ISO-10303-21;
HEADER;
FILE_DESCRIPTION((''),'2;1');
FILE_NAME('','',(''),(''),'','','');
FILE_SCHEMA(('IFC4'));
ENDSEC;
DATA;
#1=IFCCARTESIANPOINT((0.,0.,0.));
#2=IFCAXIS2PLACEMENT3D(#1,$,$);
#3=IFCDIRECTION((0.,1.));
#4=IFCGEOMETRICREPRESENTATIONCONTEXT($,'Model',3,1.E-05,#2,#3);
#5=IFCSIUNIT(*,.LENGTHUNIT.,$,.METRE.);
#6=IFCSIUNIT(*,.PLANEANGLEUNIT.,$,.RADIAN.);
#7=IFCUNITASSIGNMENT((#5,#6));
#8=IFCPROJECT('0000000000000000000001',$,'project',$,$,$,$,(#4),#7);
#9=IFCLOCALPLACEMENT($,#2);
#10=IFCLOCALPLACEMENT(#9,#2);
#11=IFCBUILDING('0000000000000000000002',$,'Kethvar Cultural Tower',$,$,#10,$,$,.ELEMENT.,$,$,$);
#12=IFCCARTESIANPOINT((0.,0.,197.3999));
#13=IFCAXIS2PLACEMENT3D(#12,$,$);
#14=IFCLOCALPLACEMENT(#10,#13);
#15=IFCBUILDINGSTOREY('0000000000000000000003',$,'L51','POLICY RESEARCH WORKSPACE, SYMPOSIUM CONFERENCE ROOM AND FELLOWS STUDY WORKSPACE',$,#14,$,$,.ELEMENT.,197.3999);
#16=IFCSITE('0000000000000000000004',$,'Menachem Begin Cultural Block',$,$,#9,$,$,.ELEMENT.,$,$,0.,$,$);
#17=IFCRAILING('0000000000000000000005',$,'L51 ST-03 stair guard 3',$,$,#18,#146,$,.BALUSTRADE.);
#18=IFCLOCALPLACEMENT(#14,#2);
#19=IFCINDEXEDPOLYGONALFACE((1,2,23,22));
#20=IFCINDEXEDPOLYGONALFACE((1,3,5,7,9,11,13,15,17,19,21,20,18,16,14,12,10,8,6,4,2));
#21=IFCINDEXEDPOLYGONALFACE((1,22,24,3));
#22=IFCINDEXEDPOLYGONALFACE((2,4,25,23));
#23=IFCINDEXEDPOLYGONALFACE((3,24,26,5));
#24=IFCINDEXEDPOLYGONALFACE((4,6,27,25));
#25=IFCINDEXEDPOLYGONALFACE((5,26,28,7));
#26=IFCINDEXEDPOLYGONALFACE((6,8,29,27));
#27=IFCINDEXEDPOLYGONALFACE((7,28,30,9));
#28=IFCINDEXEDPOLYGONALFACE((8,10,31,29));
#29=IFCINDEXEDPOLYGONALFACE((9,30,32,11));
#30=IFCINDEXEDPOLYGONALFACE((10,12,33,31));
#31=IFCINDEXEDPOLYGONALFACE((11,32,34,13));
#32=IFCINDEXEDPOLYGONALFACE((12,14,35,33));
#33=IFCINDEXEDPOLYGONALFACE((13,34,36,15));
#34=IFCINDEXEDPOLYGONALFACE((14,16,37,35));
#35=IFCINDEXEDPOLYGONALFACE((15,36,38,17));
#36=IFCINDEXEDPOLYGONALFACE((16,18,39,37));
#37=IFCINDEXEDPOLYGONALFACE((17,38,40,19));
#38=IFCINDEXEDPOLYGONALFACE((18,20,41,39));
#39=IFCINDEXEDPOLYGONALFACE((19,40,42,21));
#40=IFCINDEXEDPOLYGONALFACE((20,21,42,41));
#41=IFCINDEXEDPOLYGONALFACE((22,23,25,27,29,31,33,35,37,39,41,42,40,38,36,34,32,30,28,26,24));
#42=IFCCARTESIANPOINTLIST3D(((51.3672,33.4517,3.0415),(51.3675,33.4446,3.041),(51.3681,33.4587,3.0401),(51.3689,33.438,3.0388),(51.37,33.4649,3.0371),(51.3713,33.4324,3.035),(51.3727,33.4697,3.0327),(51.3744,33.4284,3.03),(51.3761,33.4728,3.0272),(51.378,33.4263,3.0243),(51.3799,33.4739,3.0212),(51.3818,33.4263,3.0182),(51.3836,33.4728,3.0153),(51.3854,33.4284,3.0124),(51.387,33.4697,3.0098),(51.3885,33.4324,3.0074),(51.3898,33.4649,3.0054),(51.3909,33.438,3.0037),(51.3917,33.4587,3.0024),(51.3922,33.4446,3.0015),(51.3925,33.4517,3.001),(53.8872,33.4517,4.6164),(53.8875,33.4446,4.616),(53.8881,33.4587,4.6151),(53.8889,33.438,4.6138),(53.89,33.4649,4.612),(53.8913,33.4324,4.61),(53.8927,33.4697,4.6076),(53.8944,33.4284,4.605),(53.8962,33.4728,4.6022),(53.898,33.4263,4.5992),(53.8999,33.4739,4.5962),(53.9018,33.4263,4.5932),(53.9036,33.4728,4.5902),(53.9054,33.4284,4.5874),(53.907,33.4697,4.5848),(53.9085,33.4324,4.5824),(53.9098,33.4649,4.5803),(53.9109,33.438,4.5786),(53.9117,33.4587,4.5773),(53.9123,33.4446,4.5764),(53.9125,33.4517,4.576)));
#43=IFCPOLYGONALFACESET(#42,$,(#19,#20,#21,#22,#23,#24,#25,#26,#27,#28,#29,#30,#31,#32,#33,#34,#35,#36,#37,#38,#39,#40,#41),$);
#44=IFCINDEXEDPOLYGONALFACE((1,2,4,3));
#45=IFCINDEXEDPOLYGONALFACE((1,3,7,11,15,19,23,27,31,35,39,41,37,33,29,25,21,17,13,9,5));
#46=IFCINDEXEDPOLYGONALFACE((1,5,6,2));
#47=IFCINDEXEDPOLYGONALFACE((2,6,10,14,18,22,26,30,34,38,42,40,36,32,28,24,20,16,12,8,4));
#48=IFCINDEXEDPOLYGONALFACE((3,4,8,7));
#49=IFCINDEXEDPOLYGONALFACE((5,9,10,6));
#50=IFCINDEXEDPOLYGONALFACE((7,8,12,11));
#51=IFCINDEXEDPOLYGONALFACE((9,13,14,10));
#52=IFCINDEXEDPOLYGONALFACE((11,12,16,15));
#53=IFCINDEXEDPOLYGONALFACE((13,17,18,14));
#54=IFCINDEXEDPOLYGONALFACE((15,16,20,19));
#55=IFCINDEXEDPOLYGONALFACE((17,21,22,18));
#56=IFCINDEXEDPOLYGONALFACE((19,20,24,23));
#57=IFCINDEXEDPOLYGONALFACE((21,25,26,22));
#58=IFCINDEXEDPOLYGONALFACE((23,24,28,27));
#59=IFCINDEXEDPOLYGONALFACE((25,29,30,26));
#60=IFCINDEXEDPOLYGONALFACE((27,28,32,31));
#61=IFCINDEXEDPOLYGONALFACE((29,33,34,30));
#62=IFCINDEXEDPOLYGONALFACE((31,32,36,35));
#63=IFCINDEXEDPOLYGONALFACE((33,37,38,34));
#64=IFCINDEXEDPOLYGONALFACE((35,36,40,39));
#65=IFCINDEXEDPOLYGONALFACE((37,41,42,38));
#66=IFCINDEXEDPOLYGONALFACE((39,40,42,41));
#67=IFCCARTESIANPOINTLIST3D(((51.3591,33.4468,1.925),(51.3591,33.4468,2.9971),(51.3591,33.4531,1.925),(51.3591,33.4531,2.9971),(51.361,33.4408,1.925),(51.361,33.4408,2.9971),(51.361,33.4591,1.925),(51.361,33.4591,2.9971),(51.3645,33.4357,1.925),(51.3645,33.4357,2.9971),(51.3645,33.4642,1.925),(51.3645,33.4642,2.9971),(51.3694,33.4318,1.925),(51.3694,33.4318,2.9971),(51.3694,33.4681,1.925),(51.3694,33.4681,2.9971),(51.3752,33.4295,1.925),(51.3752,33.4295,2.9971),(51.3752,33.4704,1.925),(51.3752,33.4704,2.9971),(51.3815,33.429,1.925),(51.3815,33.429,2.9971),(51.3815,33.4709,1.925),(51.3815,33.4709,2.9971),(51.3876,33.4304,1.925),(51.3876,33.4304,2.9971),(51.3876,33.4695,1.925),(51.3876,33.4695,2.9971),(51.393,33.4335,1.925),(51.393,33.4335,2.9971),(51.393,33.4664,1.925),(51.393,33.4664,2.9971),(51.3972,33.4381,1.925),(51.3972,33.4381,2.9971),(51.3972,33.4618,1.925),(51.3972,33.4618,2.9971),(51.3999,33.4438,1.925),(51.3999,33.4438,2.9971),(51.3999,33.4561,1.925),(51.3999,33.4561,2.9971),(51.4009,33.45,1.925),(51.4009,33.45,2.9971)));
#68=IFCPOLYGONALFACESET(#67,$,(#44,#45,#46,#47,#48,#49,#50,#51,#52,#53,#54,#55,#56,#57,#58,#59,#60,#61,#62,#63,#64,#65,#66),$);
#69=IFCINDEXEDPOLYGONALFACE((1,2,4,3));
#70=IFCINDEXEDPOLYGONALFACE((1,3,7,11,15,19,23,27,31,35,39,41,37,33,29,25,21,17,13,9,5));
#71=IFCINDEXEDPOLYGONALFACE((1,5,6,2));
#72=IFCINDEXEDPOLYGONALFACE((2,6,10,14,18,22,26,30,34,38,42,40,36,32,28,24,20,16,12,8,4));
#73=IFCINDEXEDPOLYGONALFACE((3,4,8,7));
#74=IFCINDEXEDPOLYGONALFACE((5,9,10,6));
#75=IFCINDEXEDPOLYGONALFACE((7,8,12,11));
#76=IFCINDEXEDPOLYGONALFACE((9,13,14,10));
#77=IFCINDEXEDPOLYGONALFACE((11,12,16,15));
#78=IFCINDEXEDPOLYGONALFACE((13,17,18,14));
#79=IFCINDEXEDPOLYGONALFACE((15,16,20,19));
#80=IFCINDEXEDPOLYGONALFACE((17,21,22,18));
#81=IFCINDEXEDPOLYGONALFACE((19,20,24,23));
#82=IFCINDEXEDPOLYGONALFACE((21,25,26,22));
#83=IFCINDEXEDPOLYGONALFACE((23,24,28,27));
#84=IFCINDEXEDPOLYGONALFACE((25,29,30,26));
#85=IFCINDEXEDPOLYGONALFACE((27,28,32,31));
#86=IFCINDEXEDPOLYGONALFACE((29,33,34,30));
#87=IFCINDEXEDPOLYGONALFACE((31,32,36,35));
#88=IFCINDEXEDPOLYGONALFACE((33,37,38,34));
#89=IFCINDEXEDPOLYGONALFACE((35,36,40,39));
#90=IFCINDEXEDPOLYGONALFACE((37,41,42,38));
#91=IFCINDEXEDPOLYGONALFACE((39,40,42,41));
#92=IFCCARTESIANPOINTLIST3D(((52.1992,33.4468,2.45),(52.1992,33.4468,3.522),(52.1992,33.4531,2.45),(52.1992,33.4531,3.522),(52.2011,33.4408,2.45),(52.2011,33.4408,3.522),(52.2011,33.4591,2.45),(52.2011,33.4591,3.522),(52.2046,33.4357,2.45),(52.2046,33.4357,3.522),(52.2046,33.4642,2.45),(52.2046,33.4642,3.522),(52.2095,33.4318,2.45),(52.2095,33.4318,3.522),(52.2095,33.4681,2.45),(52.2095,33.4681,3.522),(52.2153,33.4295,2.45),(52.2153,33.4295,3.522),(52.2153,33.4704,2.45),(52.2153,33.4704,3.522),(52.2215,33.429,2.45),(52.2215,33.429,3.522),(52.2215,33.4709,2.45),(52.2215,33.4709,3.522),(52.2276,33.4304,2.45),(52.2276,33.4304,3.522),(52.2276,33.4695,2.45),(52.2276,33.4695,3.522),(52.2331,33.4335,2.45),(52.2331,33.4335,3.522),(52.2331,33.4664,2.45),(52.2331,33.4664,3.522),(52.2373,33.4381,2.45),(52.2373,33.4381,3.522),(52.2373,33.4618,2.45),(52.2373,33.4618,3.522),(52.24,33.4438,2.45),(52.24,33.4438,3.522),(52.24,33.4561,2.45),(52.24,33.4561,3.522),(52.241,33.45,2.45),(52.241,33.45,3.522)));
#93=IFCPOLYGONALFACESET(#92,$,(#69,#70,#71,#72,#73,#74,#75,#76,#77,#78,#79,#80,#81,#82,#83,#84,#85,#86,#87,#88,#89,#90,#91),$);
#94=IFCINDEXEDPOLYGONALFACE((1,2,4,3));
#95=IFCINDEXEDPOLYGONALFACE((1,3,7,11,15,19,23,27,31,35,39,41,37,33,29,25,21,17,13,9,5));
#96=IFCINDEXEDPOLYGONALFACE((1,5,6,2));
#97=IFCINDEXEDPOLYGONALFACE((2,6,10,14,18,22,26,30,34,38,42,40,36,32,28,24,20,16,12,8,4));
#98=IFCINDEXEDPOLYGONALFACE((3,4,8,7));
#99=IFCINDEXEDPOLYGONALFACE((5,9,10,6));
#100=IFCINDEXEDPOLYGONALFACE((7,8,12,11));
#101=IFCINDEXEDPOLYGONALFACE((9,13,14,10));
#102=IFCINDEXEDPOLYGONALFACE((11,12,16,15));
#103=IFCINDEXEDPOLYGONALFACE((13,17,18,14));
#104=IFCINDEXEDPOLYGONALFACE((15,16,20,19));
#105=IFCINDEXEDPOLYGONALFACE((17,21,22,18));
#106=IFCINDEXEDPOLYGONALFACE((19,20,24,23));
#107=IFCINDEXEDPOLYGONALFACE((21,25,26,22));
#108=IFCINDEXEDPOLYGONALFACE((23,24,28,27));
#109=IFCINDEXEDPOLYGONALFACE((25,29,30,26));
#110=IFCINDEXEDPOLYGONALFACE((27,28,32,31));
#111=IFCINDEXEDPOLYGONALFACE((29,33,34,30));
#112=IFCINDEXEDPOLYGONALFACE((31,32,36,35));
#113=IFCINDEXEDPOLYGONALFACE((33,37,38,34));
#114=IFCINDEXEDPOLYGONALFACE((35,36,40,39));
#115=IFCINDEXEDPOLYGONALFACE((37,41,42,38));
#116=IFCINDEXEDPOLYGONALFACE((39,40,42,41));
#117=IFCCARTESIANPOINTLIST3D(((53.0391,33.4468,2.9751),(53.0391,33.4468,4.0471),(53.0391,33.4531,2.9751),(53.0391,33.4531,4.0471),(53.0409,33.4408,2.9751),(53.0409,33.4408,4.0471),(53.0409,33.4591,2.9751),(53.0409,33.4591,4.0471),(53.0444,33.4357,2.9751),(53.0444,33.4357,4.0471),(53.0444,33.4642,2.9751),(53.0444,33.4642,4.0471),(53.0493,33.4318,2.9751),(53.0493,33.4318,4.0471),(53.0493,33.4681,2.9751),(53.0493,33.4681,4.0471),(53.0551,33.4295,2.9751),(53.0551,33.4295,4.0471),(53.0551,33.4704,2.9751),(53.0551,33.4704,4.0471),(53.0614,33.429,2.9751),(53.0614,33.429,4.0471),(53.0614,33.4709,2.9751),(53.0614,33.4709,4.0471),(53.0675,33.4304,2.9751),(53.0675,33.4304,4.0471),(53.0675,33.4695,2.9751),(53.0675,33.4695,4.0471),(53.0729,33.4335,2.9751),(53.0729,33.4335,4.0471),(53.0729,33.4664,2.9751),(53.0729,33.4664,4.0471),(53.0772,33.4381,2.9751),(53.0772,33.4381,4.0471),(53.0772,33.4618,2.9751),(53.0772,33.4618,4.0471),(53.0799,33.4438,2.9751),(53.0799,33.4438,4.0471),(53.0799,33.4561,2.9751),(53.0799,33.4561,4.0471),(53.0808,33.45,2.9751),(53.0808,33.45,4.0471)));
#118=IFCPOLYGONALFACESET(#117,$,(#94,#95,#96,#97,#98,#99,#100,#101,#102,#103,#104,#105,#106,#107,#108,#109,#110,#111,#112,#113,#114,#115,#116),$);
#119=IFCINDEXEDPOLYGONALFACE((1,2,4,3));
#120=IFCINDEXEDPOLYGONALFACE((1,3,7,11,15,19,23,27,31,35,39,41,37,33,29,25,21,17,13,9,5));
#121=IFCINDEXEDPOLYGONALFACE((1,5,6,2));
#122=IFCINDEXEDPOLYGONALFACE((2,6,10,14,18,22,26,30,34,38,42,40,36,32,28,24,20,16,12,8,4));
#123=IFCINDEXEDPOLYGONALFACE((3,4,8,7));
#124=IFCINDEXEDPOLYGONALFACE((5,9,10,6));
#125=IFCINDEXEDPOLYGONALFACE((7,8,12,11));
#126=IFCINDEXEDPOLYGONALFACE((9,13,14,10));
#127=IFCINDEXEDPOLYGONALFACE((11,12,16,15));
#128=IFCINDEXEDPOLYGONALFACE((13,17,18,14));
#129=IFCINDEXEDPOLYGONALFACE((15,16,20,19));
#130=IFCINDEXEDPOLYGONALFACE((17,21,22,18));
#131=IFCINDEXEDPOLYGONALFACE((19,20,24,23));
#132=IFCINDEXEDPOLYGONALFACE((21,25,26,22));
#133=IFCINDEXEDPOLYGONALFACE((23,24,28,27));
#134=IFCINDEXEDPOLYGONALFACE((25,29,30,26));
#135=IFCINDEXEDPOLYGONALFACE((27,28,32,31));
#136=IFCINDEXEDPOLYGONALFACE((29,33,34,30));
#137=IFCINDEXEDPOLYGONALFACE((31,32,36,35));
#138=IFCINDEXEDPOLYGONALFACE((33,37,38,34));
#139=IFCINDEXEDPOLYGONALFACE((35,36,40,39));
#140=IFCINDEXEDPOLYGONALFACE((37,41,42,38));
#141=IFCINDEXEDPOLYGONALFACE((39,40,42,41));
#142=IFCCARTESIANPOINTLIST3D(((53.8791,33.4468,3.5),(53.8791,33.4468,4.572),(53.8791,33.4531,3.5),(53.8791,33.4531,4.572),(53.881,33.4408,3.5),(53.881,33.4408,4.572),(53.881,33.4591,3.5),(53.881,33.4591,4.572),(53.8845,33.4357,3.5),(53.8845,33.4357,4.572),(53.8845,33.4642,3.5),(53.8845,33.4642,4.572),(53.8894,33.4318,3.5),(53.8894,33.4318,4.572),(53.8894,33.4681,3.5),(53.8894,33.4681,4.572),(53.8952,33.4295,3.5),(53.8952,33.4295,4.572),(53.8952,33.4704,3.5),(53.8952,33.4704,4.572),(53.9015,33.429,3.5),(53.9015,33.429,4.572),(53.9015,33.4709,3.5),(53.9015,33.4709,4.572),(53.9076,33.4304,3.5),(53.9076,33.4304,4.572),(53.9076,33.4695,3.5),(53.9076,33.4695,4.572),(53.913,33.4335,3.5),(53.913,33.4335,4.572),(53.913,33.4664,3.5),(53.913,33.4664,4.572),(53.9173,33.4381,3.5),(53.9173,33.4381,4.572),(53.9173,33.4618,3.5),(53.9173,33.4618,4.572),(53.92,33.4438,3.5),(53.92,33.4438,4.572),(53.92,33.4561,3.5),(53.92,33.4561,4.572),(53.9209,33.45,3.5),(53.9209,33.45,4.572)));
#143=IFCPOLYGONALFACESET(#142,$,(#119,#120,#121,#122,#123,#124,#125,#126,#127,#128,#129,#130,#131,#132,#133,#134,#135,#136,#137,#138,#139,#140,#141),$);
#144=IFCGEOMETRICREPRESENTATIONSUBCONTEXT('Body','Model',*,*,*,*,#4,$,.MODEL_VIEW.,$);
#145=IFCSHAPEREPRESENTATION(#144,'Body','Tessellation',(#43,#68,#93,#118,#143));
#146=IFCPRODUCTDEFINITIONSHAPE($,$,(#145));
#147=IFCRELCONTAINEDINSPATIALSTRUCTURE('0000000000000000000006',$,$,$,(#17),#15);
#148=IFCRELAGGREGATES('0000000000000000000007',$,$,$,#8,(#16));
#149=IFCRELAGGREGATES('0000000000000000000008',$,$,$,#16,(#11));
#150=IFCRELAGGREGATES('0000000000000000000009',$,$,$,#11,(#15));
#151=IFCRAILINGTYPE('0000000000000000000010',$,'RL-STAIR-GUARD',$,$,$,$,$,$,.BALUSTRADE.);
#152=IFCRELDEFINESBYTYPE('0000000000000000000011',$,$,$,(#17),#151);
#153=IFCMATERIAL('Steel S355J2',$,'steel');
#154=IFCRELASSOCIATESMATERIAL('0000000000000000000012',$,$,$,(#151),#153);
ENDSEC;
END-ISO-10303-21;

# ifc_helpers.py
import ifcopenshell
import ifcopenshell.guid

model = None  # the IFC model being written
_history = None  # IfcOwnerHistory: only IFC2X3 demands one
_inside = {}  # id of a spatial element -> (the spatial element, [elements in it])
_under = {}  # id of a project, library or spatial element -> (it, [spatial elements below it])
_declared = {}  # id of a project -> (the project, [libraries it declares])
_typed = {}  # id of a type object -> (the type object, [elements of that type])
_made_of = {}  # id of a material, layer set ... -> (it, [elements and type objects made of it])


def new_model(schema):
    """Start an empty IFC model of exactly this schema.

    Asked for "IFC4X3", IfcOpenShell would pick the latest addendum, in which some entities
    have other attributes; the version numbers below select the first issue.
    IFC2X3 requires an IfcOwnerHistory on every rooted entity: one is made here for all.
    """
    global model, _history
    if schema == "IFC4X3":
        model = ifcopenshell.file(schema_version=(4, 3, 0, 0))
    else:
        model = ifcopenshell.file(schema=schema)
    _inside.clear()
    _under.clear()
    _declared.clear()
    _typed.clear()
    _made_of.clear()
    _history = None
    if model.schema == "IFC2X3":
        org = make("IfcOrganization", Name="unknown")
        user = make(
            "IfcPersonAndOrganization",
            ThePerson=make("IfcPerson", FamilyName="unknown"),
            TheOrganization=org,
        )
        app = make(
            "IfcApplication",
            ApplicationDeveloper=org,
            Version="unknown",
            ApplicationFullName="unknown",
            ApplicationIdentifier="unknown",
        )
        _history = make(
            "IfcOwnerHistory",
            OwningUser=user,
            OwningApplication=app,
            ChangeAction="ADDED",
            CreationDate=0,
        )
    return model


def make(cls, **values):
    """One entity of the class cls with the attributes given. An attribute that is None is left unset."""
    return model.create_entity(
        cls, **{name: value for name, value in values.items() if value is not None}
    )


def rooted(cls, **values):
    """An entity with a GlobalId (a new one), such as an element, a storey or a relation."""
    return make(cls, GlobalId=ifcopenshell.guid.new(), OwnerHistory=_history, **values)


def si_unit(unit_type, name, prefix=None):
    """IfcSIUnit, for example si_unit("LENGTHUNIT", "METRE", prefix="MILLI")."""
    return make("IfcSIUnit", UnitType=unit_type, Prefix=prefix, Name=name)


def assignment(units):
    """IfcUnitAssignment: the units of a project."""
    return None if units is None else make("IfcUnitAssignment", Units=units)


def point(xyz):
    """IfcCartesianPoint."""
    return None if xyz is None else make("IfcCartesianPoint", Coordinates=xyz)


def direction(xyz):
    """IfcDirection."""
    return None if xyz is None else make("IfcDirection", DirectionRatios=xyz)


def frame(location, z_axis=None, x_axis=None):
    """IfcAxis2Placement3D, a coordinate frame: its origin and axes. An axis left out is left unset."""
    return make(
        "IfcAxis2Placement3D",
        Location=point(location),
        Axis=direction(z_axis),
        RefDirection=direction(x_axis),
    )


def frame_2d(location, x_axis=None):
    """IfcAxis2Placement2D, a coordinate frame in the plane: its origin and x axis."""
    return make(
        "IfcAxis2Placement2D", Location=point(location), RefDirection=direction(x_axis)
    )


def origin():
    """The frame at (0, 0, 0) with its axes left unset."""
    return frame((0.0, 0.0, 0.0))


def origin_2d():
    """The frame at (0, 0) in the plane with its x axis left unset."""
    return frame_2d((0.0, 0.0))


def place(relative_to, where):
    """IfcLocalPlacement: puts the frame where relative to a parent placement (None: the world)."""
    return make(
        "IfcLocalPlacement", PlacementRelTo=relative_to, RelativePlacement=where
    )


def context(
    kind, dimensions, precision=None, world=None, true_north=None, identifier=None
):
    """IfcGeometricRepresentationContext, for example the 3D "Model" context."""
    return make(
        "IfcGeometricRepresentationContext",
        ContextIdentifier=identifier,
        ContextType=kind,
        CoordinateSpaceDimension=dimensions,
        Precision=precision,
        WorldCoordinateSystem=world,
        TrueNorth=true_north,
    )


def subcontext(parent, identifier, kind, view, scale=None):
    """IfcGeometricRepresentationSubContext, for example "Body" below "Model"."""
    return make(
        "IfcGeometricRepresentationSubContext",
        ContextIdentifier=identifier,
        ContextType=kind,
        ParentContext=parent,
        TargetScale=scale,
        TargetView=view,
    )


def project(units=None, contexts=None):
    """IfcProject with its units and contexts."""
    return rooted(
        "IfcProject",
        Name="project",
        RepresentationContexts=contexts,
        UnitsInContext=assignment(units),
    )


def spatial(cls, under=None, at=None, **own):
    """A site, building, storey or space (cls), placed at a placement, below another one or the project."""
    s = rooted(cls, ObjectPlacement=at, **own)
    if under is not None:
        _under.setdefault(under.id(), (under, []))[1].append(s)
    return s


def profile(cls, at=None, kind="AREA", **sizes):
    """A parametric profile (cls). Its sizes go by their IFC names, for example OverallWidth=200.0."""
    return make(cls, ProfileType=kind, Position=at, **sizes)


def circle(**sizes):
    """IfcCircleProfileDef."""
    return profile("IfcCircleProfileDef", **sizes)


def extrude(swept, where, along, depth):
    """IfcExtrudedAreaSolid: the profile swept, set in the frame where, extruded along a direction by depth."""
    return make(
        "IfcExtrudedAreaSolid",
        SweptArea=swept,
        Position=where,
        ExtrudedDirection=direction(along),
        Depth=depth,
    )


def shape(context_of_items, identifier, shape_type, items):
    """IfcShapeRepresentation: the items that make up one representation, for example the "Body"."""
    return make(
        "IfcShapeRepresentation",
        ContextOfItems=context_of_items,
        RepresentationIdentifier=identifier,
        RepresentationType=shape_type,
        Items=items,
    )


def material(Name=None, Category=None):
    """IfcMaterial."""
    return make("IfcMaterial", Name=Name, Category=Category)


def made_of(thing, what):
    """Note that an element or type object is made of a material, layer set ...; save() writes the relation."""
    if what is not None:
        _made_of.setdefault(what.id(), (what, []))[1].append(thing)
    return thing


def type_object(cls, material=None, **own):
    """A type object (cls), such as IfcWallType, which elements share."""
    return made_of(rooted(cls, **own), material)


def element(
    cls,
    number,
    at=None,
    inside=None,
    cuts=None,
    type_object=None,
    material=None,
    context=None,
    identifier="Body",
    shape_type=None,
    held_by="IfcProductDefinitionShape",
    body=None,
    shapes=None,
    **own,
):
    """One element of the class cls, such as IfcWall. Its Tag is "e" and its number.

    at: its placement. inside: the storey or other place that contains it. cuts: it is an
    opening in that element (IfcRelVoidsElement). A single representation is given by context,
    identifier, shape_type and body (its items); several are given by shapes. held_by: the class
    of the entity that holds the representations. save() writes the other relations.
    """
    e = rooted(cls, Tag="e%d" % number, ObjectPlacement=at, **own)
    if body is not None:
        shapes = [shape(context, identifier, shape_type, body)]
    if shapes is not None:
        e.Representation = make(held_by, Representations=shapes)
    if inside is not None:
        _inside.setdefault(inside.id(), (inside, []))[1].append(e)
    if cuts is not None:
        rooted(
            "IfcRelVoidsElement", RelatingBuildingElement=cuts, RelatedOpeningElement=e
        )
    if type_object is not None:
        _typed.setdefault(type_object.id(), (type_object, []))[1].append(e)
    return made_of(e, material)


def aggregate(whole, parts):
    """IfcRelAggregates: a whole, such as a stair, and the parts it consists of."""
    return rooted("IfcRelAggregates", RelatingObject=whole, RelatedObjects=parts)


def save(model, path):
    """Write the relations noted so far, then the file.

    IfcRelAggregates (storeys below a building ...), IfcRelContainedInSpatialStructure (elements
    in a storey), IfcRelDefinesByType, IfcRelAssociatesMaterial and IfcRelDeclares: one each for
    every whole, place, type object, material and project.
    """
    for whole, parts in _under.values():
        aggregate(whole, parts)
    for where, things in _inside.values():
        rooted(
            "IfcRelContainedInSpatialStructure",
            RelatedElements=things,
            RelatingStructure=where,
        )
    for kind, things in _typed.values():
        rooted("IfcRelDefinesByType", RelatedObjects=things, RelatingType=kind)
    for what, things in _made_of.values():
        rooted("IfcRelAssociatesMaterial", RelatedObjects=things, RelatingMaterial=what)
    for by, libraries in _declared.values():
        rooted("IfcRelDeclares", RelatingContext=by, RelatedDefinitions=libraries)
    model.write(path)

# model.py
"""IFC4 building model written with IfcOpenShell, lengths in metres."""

from ifc_helpers import new_model, si_unit, direction, frame, origin, origin_2d, place, context, subcontext, project, spatial, circle, extrude, material, type_object, element, save


model = new_model("IFC4")

# Units and contexts
model_context = context("Model", 3, precision=1e-05, world=origin(), true_north=direction((0.0, 1.0)))
body_context = subcontext(model_context, "Body", "Model", "MODEL_VIEW")
ifc_project = project(units=[si_unit("LENGTHUNIT", "METRE"), si_unit("PLANEANGLEUNIT", "RADIAN")], contexts=[model_context])

# Site, building, storey
site_placement = place(None, origin())
site = spatial("IfcSite", under=ifc_project, at=site_placement, Name="Menachem Begin Cultural Block", CompositionType="ELEMENT", RefElevation=0.0)
building_placement = place(site_placement, origin())
building = spatial("IfcBuilding", under=site, at=building_placement, Name="Kethvar Cultural Tower", CompositionType="ELEMENT")
storey_placement = place(building_placement, frame((0.0, 0.0, 197.3999)))
storey = spatial("IfcBuildingStorey", under=building, at=storey_placement, Name="L51", Description="POLICY RESEARCH WORKSPACE, SYMPOSIUM CONFERENCE ROOM AND FELLOWS STUDY WORKSPACE", CompositionType="ELEMENT", Elevation=197.3999)

# Shared definitions
ifc_material_1 = material(Name="Steel S355J2", Category="steel")

# Railing
railing_type_1 = type_object("IfcRailingType", Name="RL-STAIR-GUARD", PredefinedType="BALUSTRADE", material=ifc_material_1)
railing_1_placement = place(storey_placement, frame((51.3799, 33.45, 1.925)))
element("IfcRailing", 1, at=railing_1_placement, inside=storey, type_object=railing_type_1, Name="L51 ST-03 stair guard 3", PredefinedType="BALUSTRADE", context=body_context, shape_type="SweptSolid", body=[
    extrude(circle(Radius=0.0239, at=origin_2d()), frame((0.0, 0.0, 1.0962), z_axis=(0.848008, 0.0, 0.529984), x_axis=(0.0, 1.0, 0.0)), (0.0, 0.0, 1.0), 2.9717),
    extrude(circle(Radius=0.021, at=origin_2d()), origin(), (0.0, 0.0, 1.0), 1.072),
    extrude(circle(Radius=0.021, at=origin_2d()), frame((0.8401, 0.0, 0.5249)), (0.0, 0.0, 1.0), 1.072),
    extrude(circle(Radius=0.021, at=origin_2d()), frame((1.6799, 0.0, 1.05)), (0.0, 0.0, 1.0), 1.072),
    extrude(circle(Radius=0.021, at=origin_2d()), frame((2.52, 0.0, 1.575)), (0.0, 0.0, 1.0), 1.072),
])

save(model, "model.ifc")
